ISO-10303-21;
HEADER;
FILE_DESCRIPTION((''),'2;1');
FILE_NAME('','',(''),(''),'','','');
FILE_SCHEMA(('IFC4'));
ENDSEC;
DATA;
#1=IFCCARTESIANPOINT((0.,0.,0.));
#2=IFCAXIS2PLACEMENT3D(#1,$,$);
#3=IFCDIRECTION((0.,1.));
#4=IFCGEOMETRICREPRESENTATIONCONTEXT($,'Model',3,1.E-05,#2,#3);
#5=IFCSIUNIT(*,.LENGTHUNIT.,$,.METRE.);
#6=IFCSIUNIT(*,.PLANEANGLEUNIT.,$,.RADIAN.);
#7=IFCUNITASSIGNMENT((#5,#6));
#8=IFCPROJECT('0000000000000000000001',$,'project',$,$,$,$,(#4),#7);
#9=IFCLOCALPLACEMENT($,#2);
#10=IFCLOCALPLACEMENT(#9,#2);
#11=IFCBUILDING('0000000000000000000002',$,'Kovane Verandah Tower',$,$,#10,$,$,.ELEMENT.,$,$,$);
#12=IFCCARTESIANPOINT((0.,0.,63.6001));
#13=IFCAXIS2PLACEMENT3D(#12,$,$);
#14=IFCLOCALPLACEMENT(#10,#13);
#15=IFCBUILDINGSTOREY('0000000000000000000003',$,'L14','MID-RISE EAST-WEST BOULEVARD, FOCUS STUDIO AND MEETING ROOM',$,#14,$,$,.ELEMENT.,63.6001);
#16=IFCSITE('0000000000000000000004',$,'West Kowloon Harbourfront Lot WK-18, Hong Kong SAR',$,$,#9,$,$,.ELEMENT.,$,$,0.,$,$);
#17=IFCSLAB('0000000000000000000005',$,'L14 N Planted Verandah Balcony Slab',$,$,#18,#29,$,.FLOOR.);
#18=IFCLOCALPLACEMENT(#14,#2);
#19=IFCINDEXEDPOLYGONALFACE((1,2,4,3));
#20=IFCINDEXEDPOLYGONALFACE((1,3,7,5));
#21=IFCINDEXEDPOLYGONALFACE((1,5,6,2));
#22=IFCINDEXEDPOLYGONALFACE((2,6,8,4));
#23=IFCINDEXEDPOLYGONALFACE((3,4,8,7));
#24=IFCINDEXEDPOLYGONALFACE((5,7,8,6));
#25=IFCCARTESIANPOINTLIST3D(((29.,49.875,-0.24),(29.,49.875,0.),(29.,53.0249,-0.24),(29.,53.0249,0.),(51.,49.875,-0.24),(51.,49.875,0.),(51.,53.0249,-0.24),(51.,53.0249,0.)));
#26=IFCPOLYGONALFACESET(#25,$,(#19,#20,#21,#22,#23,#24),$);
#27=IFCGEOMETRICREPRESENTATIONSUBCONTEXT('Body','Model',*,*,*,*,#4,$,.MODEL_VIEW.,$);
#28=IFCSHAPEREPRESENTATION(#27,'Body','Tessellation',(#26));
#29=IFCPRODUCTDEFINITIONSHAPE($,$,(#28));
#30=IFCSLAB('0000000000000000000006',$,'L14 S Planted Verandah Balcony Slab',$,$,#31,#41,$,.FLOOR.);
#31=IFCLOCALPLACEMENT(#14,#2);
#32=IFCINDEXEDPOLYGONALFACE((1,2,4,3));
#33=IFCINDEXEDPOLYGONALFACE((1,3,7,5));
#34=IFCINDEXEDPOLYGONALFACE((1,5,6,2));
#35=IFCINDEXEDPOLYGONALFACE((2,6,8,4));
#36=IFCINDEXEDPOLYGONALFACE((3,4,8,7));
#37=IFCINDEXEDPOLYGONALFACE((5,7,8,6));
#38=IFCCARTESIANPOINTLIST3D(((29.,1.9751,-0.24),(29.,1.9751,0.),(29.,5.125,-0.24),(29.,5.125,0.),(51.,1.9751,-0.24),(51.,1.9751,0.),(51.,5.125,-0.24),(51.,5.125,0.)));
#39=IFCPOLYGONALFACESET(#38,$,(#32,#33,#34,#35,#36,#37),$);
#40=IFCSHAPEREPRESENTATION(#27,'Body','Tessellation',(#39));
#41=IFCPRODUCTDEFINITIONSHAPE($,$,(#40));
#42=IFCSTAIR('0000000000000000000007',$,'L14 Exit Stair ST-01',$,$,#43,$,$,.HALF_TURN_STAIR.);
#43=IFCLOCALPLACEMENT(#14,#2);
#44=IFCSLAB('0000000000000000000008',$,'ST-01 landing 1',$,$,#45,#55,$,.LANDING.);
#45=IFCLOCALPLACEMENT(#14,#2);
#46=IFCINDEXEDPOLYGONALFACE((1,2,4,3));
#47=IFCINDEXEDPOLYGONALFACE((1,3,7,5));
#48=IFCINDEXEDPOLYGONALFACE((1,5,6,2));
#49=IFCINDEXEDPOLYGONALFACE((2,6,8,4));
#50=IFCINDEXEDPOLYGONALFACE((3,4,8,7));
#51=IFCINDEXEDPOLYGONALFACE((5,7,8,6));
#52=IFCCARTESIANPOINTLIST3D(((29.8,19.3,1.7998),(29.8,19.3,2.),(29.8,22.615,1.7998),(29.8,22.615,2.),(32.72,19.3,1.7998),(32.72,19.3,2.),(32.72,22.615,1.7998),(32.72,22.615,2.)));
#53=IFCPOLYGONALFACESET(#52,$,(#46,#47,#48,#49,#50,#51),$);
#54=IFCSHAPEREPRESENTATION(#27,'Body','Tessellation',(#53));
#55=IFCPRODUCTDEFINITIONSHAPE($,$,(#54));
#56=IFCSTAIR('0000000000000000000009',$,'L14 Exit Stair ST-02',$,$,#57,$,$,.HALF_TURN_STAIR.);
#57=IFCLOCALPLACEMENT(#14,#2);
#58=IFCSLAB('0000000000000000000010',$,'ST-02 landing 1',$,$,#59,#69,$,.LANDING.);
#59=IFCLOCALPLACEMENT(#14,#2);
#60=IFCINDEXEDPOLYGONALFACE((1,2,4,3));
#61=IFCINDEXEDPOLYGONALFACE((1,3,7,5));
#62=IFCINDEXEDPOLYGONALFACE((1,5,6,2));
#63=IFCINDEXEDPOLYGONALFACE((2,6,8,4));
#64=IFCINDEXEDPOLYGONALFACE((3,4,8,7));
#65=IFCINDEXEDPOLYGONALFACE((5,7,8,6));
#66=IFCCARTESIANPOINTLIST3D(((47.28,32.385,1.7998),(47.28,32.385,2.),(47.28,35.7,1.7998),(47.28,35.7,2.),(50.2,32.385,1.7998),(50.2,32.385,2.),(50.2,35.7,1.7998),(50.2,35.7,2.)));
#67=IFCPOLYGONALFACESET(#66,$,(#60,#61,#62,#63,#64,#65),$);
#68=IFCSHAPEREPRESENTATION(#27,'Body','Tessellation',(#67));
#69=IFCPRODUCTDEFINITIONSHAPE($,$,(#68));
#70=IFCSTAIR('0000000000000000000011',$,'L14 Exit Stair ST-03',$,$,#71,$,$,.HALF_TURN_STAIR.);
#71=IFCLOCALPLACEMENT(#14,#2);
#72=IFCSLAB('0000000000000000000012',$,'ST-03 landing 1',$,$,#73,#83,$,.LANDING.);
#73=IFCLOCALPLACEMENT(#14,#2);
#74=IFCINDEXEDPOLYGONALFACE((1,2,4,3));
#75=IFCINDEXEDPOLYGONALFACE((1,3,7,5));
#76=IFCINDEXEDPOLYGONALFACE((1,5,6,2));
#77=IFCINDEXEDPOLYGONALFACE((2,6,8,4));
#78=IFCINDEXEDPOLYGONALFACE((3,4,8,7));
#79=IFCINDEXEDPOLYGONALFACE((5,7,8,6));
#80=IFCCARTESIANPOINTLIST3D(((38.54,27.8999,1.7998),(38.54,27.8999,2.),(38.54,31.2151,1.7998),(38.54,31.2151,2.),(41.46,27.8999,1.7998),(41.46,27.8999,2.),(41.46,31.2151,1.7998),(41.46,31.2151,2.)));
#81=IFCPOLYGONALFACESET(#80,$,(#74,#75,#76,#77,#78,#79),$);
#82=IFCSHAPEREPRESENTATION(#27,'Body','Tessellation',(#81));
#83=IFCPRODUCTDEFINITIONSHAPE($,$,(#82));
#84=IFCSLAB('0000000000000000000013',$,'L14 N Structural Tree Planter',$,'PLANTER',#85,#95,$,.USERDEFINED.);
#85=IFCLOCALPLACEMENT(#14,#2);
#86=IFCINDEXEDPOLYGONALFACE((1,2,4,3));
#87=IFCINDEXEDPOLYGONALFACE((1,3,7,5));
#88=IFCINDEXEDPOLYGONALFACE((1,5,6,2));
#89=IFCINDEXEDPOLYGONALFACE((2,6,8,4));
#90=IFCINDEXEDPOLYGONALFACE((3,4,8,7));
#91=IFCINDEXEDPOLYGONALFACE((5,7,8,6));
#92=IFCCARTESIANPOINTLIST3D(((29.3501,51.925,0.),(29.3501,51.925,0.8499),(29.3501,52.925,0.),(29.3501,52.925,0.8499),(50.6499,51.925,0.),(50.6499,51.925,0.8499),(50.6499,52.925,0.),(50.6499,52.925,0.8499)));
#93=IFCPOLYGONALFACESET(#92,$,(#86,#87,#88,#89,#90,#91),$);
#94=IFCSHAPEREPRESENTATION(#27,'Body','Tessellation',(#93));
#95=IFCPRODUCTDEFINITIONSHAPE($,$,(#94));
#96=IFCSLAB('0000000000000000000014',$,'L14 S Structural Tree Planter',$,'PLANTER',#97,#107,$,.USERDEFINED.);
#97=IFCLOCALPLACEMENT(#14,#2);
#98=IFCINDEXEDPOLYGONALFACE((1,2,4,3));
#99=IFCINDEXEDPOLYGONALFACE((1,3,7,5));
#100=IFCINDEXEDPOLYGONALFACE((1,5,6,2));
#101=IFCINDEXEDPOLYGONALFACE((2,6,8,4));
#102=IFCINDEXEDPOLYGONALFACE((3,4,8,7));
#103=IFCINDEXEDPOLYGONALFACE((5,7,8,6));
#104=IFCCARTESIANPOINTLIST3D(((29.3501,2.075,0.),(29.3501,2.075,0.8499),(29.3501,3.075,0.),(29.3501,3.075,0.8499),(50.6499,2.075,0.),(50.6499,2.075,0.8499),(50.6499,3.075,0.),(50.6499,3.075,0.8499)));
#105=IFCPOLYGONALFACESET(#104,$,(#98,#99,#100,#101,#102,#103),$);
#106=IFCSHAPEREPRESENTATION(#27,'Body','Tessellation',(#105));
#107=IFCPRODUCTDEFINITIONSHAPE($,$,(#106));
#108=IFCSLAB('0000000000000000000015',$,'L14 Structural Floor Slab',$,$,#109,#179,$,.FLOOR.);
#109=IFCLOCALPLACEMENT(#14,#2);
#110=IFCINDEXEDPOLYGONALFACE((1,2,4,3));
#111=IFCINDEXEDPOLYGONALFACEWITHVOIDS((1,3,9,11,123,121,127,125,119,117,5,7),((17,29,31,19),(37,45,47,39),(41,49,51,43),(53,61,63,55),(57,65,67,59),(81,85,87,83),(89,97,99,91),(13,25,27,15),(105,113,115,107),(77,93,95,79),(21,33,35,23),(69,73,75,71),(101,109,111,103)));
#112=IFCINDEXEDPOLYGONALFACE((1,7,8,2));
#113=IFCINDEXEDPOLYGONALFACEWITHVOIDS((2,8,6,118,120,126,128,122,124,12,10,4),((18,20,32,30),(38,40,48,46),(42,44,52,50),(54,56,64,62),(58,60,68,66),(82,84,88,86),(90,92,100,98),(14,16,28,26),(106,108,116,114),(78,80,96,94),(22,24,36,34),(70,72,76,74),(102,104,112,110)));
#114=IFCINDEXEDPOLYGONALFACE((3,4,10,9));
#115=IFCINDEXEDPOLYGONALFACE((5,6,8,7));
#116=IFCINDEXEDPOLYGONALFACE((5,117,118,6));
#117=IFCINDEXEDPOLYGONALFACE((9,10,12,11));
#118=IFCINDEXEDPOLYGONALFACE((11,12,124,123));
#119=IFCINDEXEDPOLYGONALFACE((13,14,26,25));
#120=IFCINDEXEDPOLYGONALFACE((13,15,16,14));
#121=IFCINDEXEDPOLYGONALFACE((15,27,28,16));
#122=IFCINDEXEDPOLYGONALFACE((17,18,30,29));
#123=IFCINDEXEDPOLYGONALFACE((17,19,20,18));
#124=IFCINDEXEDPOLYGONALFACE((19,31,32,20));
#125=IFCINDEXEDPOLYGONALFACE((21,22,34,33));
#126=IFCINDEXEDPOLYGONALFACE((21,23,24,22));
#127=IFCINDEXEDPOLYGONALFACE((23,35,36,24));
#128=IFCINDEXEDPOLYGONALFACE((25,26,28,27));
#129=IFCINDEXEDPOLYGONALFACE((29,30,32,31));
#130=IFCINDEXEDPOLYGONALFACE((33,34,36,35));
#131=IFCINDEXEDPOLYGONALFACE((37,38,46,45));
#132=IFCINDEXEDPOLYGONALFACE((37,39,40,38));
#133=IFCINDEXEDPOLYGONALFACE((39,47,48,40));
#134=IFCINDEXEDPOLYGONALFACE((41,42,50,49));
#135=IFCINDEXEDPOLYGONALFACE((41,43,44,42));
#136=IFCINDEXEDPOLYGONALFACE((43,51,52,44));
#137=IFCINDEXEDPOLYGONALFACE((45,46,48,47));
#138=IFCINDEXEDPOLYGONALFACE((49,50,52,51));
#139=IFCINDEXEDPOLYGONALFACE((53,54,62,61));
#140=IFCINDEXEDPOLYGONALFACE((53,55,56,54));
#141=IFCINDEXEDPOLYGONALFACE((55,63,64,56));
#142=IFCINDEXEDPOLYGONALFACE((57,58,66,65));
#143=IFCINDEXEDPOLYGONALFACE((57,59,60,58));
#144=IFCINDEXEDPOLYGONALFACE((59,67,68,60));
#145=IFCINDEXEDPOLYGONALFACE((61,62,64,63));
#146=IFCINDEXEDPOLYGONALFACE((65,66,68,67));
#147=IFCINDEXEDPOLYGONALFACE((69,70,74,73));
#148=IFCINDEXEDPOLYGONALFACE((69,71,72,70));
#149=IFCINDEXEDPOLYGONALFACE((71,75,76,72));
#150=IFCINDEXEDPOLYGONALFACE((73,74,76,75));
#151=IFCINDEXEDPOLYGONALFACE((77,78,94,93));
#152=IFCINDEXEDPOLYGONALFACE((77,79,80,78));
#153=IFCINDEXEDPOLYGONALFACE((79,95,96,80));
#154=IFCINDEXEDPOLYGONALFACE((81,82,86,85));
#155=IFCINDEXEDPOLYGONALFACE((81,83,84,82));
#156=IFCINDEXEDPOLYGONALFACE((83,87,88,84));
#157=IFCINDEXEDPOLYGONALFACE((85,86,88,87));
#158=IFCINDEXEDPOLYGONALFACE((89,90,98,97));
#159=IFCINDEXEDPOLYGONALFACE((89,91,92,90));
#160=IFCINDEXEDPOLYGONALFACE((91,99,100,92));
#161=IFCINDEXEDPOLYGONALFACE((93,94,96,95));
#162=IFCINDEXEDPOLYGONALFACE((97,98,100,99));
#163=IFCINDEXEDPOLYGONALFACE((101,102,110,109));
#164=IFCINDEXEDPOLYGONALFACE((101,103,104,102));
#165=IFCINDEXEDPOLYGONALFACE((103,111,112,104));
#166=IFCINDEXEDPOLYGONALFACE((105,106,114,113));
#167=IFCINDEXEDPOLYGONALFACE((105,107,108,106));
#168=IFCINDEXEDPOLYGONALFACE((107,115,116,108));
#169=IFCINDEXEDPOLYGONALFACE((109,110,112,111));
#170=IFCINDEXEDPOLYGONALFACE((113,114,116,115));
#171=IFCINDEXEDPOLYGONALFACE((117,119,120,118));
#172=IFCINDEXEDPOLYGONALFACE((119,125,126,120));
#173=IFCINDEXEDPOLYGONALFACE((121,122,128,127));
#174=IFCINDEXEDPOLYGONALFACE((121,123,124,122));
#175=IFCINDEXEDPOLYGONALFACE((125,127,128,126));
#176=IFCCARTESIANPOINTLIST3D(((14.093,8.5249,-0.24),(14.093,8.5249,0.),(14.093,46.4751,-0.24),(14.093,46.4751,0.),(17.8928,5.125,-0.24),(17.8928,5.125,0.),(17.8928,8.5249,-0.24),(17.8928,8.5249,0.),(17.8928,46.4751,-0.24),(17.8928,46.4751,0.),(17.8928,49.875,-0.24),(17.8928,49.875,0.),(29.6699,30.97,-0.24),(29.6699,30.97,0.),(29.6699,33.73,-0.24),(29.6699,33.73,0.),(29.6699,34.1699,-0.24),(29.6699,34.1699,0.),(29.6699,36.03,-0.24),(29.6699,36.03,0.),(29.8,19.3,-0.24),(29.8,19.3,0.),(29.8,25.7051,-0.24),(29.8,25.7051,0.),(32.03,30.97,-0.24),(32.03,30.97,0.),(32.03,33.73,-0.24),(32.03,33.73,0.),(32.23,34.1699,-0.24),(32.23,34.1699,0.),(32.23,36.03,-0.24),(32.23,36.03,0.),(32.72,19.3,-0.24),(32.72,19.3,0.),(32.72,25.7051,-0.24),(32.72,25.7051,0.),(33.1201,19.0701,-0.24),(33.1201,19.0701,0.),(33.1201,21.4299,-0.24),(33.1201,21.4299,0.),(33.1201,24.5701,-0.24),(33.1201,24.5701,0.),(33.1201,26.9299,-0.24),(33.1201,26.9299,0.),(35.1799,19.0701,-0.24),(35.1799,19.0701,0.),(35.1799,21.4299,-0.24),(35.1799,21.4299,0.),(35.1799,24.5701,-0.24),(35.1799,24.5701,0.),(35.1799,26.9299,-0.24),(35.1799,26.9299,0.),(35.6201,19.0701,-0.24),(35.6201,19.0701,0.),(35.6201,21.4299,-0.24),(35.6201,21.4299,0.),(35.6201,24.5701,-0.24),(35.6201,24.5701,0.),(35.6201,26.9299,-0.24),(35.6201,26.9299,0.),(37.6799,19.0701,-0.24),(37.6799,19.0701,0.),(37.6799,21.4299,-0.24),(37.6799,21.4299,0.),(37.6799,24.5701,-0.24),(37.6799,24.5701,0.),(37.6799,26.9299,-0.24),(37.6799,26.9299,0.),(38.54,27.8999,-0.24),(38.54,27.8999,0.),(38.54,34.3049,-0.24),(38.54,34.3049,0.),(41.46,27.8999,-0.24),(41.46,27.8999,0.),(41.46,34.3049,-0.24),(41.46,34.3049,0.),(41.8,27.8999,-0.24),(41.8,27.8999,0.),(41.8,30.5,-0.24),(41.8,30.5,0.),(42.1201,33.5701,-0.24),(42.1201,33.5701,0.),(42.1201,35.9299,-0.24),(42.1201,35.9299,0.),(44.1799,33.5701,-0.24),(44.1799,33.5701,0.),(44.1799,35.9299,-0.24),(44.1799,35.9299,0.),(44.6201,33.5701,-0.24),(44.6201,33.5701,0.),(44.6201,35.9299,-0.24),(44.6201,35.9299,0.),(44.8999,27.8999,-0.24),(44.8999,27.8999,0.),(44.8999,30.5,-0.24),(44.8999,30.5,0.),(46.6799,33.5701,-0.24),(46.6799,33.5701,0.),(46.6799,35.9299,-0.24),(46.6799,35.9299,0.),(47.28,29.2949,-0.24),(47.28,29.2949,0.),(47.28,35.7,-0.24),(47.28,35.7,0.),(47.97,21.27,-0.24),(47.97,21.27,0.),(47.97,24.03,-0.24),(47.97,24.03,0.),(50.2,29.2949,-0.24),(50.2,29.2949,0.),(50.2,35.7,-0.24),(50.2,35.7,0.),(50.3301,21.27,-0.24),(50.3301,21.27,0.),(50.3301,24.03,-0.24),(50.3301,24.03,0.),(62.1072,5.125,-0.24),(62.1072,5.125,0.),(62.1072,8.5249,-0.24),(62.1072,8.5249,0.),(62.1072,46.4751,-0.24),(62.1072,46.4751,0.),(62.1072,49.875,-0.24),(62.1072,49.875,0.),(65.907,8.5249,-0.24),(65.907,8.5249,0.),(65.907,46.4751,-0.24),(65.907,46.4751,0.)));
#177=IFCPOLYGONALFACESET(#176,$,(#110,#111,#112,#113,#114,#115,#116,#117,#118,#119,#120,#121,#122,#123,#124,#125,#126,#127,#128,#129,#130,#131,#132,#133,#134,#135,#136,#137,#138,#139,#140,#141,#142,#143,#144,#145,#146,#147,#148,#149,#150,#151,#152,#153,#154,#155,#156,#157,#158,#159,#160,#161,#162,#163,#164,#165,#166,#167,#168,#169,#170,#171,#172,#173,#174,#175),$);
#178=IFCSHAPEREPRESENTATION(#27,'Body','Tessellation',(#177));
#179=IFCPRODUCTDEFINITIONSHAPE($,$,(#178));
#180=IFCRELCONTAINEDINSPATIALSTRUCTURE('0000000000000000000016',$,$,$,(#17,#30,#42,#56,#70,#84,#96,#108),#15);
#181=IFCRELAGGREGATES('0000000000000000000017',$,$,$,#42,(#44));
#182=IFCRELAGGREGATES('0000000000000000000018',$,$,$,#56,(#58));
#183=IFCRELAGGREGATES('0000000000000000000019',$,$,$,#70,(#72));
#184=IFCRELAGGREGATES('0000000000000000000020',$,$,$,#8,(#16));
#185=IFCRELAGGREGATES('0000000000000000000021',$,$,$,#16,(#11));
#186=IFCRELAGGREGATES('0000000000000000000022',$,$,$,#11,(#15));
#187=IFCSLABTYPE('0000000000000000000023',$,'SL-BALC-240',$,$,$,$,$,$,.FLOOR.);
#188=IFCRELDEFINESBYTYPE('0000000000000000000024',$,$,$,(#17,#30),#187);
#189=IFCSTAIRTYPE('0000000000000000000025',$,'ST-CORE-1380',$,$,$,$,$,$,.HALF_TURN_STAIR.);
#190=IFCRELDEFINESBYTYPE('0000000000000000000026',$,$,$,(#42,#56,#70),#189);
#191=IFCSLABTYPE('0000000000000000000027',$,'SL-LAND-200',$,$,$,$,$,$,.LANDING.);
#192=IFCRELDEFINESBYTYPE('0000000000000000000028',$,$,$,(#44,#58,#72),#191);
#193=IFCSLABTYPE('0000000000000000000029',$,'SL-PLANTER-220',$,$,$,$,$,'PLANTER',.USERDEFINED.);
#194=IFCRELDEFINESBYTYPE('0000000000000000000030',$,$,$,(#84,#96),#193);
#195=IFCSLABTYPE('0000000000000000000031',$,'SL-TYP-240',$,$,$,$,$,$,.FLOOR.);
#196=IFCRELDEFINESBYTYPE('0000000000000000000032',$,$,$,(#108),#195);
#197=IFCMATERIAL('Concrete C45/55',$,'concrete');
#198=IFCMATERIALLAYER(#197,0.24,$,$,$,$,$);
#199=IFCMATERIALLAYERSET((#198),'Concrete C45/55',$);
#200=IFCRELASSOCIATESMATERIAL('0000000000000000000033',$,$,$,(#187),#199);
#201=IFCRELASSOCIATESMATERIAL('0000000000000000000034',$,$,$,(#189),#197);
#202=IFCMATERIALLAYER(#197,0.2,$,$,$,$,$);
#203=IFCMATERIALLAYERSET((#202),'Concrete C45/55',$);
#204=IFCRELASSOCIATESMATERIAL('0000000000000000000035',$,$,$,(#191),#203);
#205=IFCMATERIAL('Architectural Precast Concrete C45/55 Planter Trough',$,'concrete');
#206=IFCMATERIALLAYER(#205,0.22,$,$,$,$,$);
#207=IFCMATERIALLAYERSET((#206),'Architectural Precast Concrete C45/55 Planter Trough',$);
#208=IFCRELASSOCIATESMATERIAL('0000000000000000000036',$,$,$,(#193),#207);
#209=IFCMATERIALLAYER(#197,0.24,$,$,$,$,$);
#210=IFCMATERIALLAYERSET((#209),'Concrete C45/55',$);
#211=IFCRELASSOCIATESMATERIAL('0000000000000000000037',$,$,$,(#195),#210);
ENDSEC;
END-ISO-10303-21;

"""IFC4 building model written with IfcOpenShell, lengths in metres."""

from ifc_helpers import new_model, si_unit, direction, frame, origin, place, context, subcontext, project, spatial, polyline, outline, extrude, material, layer, layer_set, type_object, element, aggregate, save


model = new_model("IFC4")

# Units and contexts
model_context = context("Model", 3, precision=1e-05, world=origin(), true_north=direction((0.0, 1.0)))
body_context = subcontext(model_context, "Body", "Model", "MODEL_VIEW")
ifc_project = project(units=[si_unit("LENGTHUNIT", "METRE"), si_unit("PLANEANGLEUNIT", "RADIAN")], contexts=[model_context])

# Site, building, storey
site_placement = place(None, origin())
site = spatial("IfcSite", under=ifc_project, at=site_placement, Name="West Kowloon Harbourfront Lot WK-18, Hong Kong SAR", CompositionType="ELEMENT", RefElevation=0.0)
building_placement = place(site_placement, origin())
building = spatial("IfcBuilding", under=site, at=building_placement, Name="Kovane Verandah Tower", CompositionType="ELEMENT")
storey_placement = place(building_placement, frame((0.0, 0.0, 63.6001)))
storey = spatial("IfcBuildingStorey", under=building, at=storey_placement, Name="L14", Description="MID-RISE EAST-WEST BOULEVARD, FOCUS STUDIO AND MEETING ROOM", CompositionType="ELEMENT", Elevation=63.6001)

# Slabs
ifc_material_1 = material(Name="Concrete C45/55", Category="concrete")
ifc_layer_1 = layer(ifc_material_1, 0.24)
ifc_layer_set_1 = layer_set([ifc_layer_1], Name="Concrete C45/55")
slab_type_1 = type_object("IfcSlabType", Name="SL-BALC-240", PredefinedType="FLOOR", material=ifc_layer_set_1)
slab_1_placement = place(storey_placement, frame((0.0, 0.0, -0.24)))
element("IfcSlab", 1, at=slab_1_placement, inside=storey, type_object=slab_type_1, Name="L14 N Planted Verandah Balcony Slab", PredefinedType="FLOOR", context=body_context, shape_type="SweptSolid", body=[
    extrude(outline(polyline([(29.0, 49.875), (51.0, 49.875), (51.0, 53.0249), (29.0, 53.0249), (29.0, 49.875)])), origin(), (0.0, 0.0, 1.0), 0.24),
])
slab_2_placement = place(storey_placement, frame((0.0, 0.0, -0.24)))
element("IfcSlab", 2, at=slab_2_placement, inside=storey, type_object=slab_type_1, Name="L14 S Planted Verandah Balcony Slab", PredefinedType="FLOOR", context=body_context, shape_type="SweptSolid", body=[
    extrude(outline(polyline([(29.0, 1.9751), (51.0, 1.9751), (51.0, 5.125), (29.0, 5.125), (29.0, 1.9751)])), origin(), (0.0, 0.0, 1.0), 0.24),
])

# Stairs, slabs
stair_type = type_object("IfcStairType", Name="ST-CORE-1380", PredefinedType="HALF_TURN_STAIR", material=ifc_material_1)
stair_1_placement = place(storey_placement, origin())
stair_1 = element("IfcStair", 3, at=stair_1_placement, inside=storey, type_object=stair_type, Name="L14 Exit Stair ST-01", PredefinedType="HALF_TURN_STAIR")
ifc_layer_2 = layer(ifc_material_1, 0.2)
ifc_layer_set_2 = layer_set([ifc_layer_2], Name="Concrete C45/55")
slab_type_2 = type_object("IfcSlabType", Name="SL-LAND-200", PredefinedType="LANDING", material=ifc_layer_set_2)
slab_3_placement = place(storey_placement, frame((0.0, 0.0, 1.7998)))
slab_3 = element("IfcSlab", 4, at=slab_3_placement, type_object=slab_type_2, Name="ST-01 landing 1", PredefinedType="LANDING", context=body_context, shape_type="SweptSolid", body=[
    extrude(outline(polyline([(29.8, 22.615), (29.8, 19.3), (32.72, 19.3), (32.72, 22.615), (29.8, 22.615)])), origin(), (0.0, 0.0, 1.0), 0.2002),
])
aggregate(stair_1, [slab_3])
stair_2_placement = place(storey_placement, origin())
stair_2 = element("IfcStair", 5, at=stair_2_placement, inside=storey, type_object=stair_type, Name="L14 Exit Stair ST-02", PredefinedType="HALF_TURN_STAIR")
slab_4_placement = place(storey_placement, frame((0.0, 0.0, 1.7998)))
slab_4 = element("IfcSlab", 6, at=slab_4_placement, type_object=slab_type_2, Name="ST-02 landing 1", PredefinedType="LANDING", context=body_context, shape_type="SweptSolid", body=[
    extrude(outline(polyline([(50.2, 32.385), (50.2, 35.7), (47.28, 35.7), (47.28, 32.385), (50.2, 32.385)])), origin(), (0.0, 0.0, 1.0), 0.2002),
])
aggregate(stair_2, [slab_4])
stair_3_placement = place(storey_placement, origin())
stair_3 = element("IfcStair", 7, at=stair_3_placement, inside=storey, type_object=stair_type, Name="L14 Exit Stair ST-03", PredefinedType="HALF_TURN_STAIR")
slab_5_placement = place(storey_placement, frame((0.0, 0.0, 1.7998)))
slab_5 = element("IfcSlab", 8, at=slab_5_placement, type_object=slab_type_2, Name="ST-03 landing 1", PredefinedType="LANDING", context=body_context, shape_type="SweptSolid", body=[
    extrude(outline(polyline([(38.54, 31.2151), (38.54, 27.8999), (41.46, 27.8999), (41.46, 31.2151), (38.54, 31.2151)])), origin(), (0.0, 0.0, 1.0), 0.2002),
])
aggregate(stair_3, [slab_5])

# Slabs
ifc_material_2 = material(Name="Architectural Precast Concrete C45/55 Planter Trough", Category="concrete")
ifc_layer_3 = layer(ifc_material_2, 0.22)
ifc_layer_set_3 = layer_set([ifc_layer_3], Name="Architectural Precast Concrete C45/55 Planter Trough")
slab_type_3 = type_object("IfcSlabType", Name="SL-PLANTER-220", ElementType="PLANTER", PredefinedType="USERDEFINED", material=ifc_layer_set_3)
slab_6_placement = place(storey_placement, origin())
element("IfcSlab", 9, at=slab_6_placement, inside=storey, type_object=slab_type_3, Name="L14 N Structural Tree Planter", ObjectType="PLANTER", PredefinedType="USERDEFINED", context=body_context, shape_type="SweptSolid", body=[
    extrude(outline(polyline([(29.3501, 51.925), (50.6499, 51.925), (50.6499, 52.925), (29.3501, 52.925), (29.3501, 51.925)])), origin(), (0.0, 0.0, 1.0), 0.8499),
])
slab_7_placement = place(storey_placement, origin())
element("IfcSlab", 10, at=slab_7_placement, inside=storey, type_object=slab_type_3, Name="L14 S Structural Tree Planter", ObjectType="PLANTER", PredefinedType="USERDEFINED", context=body_context, shape_type="SweptSolid", body=[
    extrude(outline(polyline([(29.3501, 2.075), (50.6499, 2.075), (50.6499, 3.075), (29.3501, 3.075), (29.3501, 2.075)])), origin(), (0.0, 0.0, 1.0), 0.8499),
])
ifc_layer_4 = layer(ifc_material_1, 0.24)
ifc_layer_set_4 = layer_set([ifc_layer_4], Name="Concrete C45/55")
slab_type_4 = type_object("IfcSlabType", Name="SL-TYP-240", PredefinedType="FLOOR", material=ifc_layer_set_4)
slab_8_placement = place(storey_placement, frame((0.0, 0.0, -0.24)))
element("IfcSlab", 11, at=slab_8_placement, inside=storey, type_object=slab_type_4, Name="L14 Structural Floor Slab", PredefinedType="FLOOR", context=body_context, shape_type="SweptSolid", body=[
    extrude(outline(polyline([(17.8928, 5.125), (62.1072, 5.125), (62.1072, 8.5249), (65.907, 8.5249), (65.907, 46.4751), (62.1072, 46.4751), (62.1072, 49.875), (17.8928, 49.875), (17.8928, 46.4751), (14.093, 46.4751), (14.093, 8.5249), (17.8928, 8.5249), (17.8928, 5.125)]), holes=[polyline([(29.8, 19.3), (32.72, 19.3), (32.72, 25.7051), (29.8, 25.7051), (29.8, 19.3)]), polyline([(47.28, 29.2949), (50.2, 29.2949), (50.2, 35.7), (47.28, 35.7), (47.28, 29.2949)]), polyline([(38.54, 27.8999), (41.46, 27.8999), (41.46, 34.3049), (38.54, 34.3049), (38.54, 27.8999)]), polyline([(29.6699, 30.97), (32.03, 30.97), (32.03, 33.73), (29.6699, 33.73), (29.6699, 30.97)]), polyline([(47.97, 21.27), (50.3301, 21.27), (50.3301, 24.03), (47.97, 24.03), (47.97, 21.27)]), polyline([(29.6699, 34.1699), (32.23, 34.1699), (32.23, 36.03), (29.6699, 36.03), (29.6699, 34.1699)]), polyline([(33.1201, 19.0701), (35.1799, 19.0701), (35.1799, 21.4299), (33.1201, 21.4299), (33.1201, 19.0701)]), polyline([(35.6201, 19.0701), (37.6799, 19.0701), (37.6799, 21.4299), (35.6201, 21.4299), (35.6201, 19.0701)]), polyline([(33.1201, 24.5701), (35.1799, 24.5701), (35.1799, 26.9299), (33.1201, 26.9299), (33.1201, 24.5701)]), polyline([(35.6201, 24.5701), (37.6799, 24.5701), (37.6799, 26.9299), (35.6201, 26.9299), (35.6201, 24.5701)]), polyline([(42.1201, 33.5701), (44.1799, 33.5701), (44.1799, 35.9299), (42.1201, 35.9299), (42.1201, 33.5701)]), polyline([(44.6201, 33.5701), (46.6799, 33.5701), (46.6799, 35.9299), (44.6201, 35.9299), (44.6201, 33.5701)]), polyline([(41.8, 27.8999), (44.8999, 27.8999), (44.8999, 30.5), (41.8, 30.5), (41.8, 27.8999)])]), origin(), (0.0, 0.0, 1.0), 0.24),
])

save(model, "model.ifc")
